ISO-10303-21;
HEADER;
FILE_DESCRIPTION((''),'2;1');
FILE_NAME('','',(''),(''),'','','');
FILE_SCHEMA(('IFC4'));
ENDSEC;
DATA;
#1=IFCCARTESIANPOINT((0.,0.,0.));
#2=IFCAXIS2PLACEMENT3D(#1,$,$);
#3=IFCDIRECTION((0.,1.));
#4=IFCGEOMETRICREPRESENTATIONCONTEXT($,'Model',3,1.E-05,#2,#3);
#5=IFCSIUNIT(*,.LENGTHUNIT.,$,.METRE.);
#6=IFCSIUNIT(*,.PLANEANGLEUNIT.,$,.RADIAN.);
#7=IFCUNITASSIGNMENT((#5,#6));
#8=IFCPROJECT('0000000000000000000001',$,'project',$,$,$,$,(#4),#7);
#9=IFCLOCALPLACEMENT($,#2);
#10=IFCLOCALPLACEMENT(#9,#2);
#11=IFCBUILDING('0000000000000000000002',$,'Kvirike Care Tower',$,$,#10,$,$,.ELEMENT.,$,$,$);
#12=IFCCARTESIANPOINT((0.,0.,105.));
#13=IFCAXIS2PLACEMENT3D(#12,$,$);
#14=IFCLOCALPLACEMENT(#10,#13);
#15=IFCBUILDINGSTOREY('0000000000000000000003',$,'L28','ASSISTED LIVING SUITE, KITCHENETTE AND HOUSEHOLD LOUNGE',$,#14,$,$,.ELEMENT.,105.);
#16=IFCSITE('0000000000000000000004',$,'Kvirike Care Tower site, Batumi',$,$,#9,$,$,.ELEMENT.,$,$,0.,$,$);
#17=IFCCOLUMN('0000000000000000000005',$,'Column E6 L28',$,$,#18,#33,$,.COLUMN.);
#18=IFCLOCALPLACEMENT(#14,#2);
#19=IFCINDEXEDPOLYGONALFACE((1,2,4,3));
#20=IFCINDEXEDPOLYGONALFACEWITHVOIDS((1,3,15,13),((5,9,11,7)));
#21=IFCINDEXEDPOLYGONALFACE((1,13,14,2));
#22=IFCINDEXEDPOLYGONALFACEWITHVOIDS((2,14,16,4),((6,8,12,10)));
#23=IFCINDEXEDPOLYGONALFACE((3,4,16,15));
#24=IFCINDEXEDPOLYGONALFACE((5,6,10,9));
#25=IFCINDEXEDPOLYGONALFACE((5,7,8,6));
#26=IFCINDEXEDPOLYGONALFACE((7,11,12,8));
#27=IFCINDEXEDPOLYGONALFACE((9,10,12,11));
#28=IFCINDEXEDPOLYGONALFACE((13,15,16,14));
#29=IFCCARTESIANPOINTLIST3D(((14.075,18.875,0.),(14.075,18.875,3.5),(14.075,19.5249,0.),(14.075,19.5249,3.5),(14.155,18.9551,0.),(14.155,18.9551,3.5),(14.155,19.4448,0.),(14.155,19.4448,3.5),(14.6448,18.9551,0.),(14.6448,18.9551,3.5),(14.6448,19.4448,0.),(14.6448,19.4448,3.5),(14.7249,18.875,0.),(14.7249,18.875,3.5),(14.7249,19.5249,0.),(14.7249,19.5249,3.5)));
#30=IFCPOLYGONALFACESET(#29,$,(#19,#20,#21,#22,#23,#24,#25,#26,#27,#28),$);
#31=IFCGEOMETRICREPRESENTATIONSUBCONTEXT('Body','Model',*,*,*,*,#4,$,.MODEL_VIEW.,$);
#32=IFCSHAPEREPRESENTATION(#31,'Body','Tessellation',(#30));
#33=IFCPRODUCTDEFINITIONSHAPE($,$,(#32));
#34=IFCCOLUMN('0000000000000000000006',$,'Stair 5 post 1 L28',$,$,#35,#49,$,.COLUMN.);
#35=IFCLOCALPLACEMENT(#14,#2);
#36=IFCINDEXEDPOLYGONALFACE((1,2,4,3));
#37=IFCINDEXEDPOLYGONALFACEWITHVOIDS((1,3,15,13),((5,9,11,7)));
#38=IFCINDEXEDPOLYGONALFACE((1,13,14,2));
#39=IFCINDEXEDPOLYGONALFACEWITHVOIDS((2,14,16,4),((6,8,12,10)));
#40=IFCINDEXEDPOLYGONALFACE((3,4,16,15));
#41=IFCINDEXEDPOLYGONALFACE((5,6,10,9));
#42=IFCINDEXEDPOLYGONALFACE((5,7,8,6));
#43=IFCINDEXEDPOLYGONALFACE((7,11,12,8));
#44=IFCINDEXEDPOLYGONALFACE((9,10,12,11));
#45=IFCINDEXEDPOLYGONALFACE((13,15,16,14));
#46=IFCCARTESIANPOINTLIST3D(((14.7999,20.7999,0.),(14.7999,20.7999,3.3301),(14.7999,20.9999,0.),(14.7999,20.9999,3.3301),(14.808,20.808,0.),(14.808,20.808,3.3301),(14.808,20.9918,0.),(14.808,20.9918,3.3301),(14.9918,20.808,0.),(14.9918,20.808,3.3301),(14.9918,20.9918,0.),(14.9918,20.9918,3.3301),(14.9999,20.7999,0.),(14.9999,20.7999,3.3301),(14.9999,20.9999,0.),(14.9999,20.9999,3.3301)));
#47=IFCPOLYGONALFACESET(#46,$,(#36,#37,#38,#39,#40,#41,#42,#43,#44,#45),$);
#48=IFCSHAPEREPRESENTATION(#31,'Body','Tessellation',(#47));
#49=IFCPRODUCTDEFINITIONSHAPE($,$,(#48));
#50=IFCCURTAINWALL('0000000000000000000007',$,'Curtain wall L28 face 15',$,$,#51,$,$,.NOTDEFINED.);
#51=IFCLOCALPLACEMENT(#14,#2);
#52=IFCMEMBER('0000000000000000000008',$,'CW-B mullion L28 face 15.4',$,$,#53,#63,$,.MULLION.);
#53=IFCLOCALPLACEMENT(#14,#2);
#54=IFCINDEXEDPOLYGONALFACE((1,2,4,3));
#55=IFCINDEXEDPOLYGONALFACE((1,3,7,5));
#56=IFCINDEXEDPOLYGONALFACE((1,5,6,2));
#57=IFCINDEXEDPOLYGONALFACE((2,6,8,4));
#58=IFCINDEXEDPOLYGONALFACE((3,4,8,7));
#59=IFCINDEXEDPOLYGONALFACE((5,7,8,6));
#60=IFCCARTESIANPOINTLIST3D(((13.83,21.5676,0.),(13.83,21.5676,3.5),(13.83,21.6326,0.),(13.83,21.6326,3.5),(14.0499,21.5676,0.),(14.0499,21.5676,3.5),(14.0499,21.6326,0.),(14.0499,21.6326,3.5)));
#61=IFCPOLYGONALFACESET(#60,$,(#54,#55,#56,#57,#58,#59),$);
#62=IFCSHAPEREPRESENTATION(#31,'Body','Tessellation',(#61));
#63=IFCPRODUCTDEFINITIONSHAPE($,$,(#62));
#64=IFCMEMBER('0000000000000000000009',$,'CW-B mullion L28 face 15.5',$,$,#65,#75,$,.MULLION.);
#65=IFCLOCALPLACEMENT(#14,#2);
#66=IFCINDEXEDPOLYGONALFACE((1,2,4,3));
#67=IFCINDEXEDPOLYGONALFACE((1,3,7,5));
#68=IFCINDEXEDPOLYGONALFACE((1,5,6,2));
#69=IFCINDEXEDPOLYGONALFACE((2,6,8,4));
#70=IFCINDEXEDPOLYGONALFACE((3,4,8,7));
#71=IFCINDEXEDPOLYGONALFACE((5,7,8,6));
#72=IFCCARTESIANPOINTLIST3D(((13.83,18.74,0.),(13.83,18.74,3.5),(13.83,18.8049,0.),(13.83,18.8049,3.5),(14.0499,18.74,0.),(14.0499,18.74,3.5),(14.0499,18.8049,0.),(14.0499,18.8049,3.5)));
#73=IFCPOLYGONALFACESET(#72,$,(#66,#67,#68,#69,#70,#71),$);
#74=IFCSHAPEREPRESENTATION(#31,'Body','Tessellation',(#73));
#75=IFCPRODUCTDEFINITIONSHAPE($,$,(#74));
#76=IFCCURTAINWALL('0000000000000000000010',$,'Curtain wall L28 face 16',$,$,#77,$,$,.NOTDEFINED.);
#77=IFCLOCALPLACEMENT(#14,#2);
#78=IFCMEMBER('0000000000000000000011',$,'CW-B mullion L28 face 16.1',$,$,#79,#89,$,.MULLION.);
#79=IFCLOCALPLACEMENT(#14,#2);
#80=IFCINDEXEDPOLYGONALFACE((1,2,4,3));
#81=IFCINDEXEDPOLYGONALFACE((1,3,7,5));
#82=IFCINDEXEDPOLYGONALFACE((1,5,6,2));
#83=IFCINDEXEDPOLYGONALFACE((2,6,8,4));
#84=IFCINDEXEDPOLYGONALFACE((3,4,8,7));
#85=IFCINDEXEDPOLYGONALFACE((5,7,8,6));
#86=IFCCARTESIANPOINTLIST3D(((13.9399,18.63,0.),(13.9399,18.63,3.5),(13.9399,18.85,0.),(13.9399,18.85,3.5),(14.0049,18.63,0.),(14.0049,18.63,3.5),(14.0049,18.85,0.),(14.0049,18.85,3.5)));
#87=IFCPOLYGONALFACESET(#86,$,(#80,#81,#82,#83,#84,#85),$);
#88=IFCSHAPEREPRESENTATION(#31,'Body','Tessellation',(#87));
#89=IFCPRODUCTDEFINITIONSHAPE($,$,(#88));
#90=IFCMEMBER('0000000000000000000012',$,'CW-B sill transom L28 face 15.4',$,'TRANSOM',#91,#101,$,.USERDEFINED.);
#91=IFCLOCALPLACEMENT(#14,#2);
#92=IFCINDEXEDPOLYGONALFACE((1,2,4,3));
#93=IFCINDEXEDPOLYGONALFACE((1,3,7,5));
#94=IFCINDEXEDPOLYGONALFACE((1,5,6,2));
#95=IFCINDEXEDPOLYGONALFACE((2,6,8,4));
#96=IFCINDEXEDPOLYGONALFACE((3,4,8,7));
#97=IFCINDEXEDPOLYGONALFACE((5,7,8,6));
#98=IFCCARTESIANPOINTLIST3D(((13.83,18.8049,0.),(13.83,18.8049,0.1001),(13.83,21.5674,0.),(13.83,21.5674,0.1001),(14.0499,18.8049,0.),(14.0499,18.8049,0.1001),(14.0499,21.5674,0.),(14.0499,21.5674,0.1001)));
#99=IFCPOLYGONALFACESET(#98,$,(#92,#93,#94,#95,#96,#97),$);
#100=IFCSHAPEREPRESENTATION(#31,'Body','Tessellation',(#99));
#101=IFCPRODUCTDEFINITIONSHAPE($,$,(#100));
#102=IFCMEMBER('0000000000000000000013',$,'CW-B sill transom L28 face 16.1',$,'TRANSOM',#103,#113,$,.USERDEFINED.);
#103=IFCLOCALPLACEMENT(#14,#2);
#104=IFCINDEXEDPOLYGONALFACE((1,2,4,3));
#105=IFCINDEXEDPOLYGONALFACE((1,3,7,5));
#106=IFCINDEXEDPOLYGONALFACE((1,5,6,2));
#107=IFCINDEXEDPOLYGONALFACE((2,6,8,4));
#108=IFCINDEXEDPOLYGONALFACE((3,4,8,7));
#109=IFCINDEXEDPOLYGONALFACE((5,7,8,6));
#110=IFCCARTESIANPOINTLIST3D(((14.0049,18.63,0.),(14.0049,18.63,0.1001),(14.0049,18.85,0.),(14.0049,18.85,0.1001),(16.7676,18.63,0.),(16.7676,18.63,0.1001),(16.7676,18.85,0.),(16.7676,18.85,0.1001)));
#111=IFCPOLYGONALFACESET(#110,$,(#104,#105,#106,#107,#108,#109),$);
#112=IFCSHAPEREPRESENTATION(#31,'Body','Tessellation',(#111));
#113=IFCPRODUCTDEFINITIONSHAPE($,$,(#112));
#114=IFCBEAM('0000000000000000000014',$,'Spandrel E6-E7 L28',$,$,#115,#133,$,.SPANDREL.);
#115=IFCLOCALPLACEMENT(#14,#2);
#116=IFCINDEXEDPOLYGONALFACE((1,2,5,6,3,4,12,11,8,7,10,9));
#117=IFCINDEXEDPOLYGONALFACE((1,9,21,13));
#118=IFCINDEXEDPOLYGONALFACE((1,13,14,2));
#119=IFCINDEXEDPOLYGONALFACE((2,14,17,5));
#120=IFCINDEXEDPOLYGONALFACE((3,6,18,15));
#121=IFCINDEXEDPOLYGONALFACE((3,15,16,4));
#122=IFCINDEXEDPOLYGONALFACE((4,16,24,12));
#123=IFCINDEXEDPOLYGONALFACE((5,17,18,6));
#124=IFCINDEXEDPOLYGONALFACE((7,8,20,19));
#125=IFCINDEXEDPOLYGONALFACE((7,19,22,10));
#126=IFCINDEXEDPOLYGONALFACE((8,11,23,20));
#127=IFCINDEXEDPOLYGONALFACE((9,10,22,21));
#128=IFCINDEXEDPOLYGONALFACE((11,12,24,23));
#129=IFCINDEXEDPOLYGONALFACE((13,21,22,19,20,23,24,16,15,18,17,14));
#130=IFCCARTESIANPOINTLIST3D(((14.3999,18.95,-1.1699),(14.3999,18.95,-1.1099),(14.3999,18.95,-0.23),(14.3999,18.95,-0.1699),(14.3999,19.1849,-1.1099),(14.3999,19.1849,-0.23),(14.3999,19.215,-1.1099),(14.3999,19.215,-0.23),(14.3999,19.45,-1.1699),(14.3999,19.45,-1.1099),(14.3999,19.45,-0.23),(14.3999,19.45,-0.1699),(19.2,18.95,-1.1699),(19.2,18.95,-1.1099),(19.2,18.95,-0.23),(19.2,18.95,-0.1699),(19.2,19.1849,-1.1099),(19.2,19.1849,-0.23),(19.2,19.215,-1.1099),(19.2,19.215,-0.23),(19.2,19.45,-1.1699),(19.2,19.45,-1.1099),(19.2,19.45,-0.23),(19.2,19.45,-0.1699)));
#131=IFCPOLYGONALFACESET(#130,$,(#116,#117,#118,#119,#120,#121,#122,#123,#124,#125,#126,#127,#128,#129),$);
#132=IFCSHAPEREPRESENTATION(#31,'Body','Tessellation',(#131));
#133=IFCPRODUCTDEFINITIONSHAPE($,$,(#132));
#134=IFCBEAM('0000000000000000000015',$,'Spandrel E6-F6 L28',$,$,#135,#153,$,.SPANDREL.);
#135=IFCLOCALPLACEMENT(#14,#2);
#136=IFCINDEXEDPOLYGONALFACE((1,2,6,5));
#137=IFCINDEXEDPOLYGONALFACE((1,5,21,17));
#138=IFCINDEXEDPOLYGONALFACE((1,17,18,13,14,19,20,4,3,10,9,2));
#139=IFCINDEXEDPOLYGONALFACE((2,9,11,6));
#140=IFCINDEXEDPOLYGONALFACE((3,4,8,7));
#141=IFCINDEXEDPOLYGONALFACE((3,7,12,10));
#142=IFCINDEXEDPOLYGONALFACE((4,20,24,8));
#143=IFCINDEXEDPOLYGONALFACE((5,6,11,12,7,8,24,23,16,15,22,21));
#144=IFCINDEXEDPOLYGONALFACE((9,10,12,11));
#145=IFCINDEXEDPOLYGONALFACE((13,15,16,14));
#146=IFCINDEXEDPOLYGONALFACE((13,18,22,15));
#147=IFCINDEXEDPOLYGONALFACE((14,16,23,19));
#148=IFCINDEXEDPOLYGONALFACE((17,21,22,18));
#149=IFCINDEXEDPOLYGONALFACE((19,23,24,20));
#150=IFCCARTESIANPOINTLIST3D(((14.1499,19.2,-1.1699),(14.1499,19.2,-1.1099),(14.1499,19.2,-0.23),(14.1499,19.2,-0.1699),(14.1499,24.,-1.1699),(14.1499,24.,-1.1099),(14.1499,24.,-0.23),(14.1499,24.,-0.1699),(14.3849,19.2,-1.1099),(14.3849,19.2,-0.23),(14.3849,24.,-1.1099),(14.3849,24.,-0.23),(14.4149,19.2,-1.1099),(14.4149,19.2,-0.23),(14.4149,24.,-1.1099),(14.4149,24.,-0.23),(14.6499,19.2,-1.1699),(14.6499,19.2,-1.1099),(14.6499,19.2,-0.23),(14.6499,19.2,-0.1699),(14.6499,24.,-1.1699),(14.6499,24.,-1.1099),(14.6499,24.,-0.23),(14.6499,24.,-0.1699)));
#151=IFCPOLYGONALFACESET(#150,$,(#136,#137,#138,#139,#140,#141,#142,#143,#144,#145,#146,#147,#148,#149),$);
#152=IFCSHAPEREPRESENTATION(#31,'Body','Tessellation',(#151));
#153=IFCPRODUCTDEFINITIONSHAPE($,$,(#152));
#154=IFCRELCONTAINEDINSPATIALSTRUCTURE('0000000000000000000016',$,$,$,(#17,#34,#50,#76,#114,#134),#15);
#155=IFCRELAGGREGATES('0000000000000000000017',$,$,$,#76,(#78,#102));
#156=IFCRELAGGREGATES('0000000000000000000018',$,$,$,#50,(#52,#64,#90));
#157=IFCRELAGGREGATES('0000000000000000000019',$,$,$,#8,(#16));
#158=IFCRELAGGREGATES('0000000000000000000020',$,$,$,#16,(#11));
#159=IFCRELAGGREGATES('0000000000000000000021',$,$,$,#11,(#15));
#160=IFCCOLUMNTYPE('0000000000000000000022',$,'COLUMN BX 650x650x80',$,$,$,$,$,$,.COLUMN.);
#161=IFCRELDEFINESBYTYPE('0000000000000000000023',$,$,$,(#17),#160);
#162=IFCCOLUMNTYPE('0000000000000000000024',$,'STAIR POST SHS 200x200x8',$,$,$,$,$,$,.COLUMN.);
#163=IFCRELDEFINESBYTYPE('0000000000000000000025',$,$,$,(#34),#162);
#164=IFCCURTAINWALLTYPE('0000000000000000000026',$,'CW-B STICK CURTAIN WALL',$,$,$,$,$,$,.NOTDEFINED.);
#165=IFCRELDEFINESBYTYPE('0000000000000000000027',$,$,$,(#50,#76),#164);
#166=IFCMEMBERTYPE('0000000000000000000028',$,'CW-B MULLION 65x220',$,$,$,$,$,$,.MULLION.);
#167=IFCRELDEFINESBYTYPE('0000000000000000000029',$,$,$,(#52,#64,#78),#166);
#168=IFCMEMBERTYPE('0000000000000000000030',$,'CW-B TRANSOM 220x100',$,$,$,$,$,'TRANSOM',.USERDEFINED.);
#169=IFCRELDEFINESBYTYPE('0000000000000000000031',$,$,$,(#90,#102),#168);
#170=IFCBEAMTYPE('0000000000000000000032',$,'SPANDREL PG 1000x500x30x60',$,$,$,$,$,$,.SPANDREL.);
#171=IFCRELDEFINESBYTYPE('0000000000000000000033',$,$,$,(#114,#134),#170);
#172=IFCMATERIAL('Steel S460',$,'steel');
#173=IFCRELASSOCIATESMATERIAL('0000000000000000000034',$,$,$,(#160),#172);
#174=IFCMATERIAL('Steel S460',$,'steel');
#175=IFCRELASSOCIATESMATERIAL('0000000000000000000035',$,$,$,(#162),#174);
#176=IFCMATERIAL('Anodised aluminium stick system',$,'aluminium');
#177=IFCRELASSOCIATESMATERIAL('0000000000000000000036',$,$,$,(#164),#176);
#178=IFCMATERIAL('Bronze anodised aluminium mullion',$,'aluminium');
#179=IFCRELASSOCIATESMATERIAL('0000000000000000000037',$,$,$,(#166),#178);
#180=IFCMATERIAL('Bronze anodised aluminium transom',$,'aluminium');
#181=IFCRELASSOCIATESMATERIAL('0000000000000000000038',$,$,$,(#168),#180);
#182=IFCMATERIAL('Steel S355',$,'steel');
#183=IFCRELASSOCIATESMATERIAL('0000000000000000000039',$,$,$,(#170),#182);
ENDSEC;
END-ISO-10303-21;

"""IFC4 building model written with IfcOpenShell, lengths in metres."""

from ifc_helpers import new_model, si_unit, direction, frame, origin, origin_2d, place, context, subcontext, project, spatial, rectangle, hollow_rectangle, i_section, extrude, material, material_profile, profile_set, type_object, element, aggregate, save


model = new_model("IFC4")

# Units and contexts
model_context = context("Model", 3, precision=1e-05, world=origin(), true_north=direction((0.0, 1.0)))
body_context = subcontext(model_context, "Body", "Model", "MODEL_VIEW")
ifc_project = project(units=[si_unit("LENGTHUNIT", "METRE"), si_unit("PLANEANGLEUNIT", "RADIAN")], contexts=[model_context])

# Site, building, storey
site_placement = place(None, origin())
site = spatial("IfcSite", under=ifc_project, at=site_placement, Name="Kvirike Care Tower site, Batumi", CompositionType="ELEMENT", RefElevation=0.0)
building_placement = place(site_placement, origin())
building = spatial("IfcBuilding", under=site, at=building_placement, Name="Kvirike Care Tower", CompositionType="ELEMENT")
storey_placement = place(building_placement, frame((0.0, 0.0, 105.0)))
storey = spatial("IfcBuildingStorey", under=building, at=storey_placement, Name="L28", Description="ASSISTED LIVING SUITE, KITCHENETTE AND HOUSEHOLD LOUNGE", CompositionType="ELEMENT", Elevation=105.0)

# Columns
ifc_material_1 = material(Name="Steel S460", Category="steel")
ifc_material_profile_1 = material_profile(ifc_material_1, hollow_rectangle(XDim=0.6499, YDim=0.6499, WallThickness=0.0801, at=origin_2d()), Name="BX 650x650x80")
ifc_profile_set_1 = profile_set([ifc_material_profile_1], Name="Steel S460")
column_type_1 = type_object("IfcColumnType", Name="COLUMN BX 650x650x80", PredefinedType="COLUMN", material=ifc_profile_set_1)
column_1_placement = place(storey_placement, frame((14.3999, 19.2, 0.0), z_axis=(0.0, 0.0, 1.0), x_axis=(0.0, 1.0, 0.0)))
element("IfcColumn", 1, at=column_1_placement, inside=storey, type_object=column_type_1, Name="Column E6 L28", PredefinedType="COLUMN", context=body_context, shape_type="SweptSolid", body=[
    extrude(hollow_rectangle(XDim=0.6499, YDim=0.6499, WallThickness=0.0801, at=origin_2d()), origin(), (0.0, 0.0, 1.0), 3.5),
])
ifc_material_2 = material(Name="Steel S460", Category="steel")
ifc_material_profile_2 = material_profile(ifc_material_2, hollow_rectangle(XDim=0.2, YDim=0.2, WallThickness=0.0081, at=origin_2d()), Name="SHS 200x200x8")
ifc_profile_set_2 = profile_set([ifc_material_profile_2], Name="Steel S460")
column_type_2 = type_object("IfcColumnType", Name="STAIR POST SHS 200x200x8", PredefinedType="COLUMN", material=ifc_profile_set_2)
column_2_placement = place(storey_placement, frame((14.8999, 20.8999, 0.0), z_axis=(0.0, 0.0, 1.0), x_axis=(1.0, 0.0, 0.0)))
element("IfcColumn", 2, at=column_2_placement, inside=storey, type_object=column_type_2, Name="Stair 5 post 1 L28", PredefinedType="COLUMN", context=body_context, shape_type="SweptSolid", body=[
    extrude(hollow_rectangle(XDim=0.2, YDim=0.2, WallThickness=0.0081, at=origin_2d()), origin(), (0.0, 0.0, 1.0), 3.3301),
])

# Curtain wall, members
ifc_material_3 = material(Name="Anodised aluminium stick system", Category="aluminium")
curtain_wall_type = type_object("IfcCurtainWallType", Name="CW-B STICK CURTAIN WALL", PredefinedType="NOTDEFINED", material=ifc_material_3)
curtain_wall_1_placement = place(storey_placement, origin())
curtain_wall_1 = element("IfcCurtainWall", 3, at=curtain_wall_1_placement, inside=storey, type_object=curtain_wall_type, Name="Curtain wall L28 face 15", PredefinedType="NOTDEFINED")
ifc_material_4 = material(Name="Bronze anodised aluminium mullion", Category="aluminium")
ifc_material_profile_3 = material_profile(ifc_material_4, rectangle(XDim=0.0649, YDim=0.22, at=origin_2d()), Name="CW-B MULLION 65x220")
ifc_profile_set_3 = profile_set([ifc_material_profile_3], Name="Bronze anodised aluminium mullion")
member_type_1 = type_object("IfcMemberType", Name="CW-B MULLION 65x220", PredefinedType="MULLION", material=ifc_profile_set_3)
member_1_placement = place(storey_placement, frame((13.9399, 21.6001, 0.0), z_axis=(0.0, 0.0, 1.0), x_axis=(0.0, -1.0, 0.0)))
member_1 = element("IfcMember", 4, at=member_1_placement, type_object=member_type_1, Name="CW-B mullion L28 face 15.4", PredefinedType="MULLION", context=body_context, shape_type="SweptSolid", body=[
    extrude(rectangle(XDim=0.0649, YDim=0.22, at=origin_2d()), origin(), (0.0, 0.0, 1.0), 3.5),
])
member_2_placement = place(storey_placement, frame((13.9399, 18.7725, 0.0), z_axis=(0.0, 0.0, 1.0), x_axis=(0.0, -1.0, 0.0)))
member_2 = element("IfcMember", 5, at=member_2_placement, type_object=member_type_1, Name="CW-B mullion L28 face 15.5", PredefinedType="MULLION", context=body_context, shape_type="SweptSolid", body=[
    extrude(rectangle(XDim=0.0649, YDim=0.22, at=origin_2d()), origin(), (0.0, 0.0, 1.0), 3.5),
])

# Curtain wall, member
curtain_wall_2_placement = place(storey_placement, origin())
curtain_wall_2 = element("IfcCurtainWall", 6, at=curtain_wall_2_placement, inside=storey, type_object=curtain_wall_type, Name="Curtain wall L28 face 16", PredefinedType="NOTDEFINED")
member_3_placement = place(storey_placement, frame((13.9724, 18.74, 0.0), z_axis=(0.0, 0.0, 1.0), x_axis=(1.0, 0.0, 0.0)))
member_3 = element("IfcMember", 7, at=member_3_placement, type_object=member_type_1, Name="CW-B mullion L28 face 16.1", PredefinedType="MULLION", context=body_context, shape_type="SweptSolid", body=[
    extrude(rectangle(XDim=0.0649, YDim=0.22, at=origin_2d()), origin(), (0.0, 0.0, 1.0), 3.5),
])

# Members
ifc_material_5 = material(Name="Bronze anodised aluminium transom", Category="aluminium")
ifc_material_profile_4 = material_profile(ifc_material_5, rectangle(XDim=0.22, YDim=0.1001, at=origin_2d()), Name="CW-B TRANSOM 220x100")
ifc_profile_set_4 = profile_set([ifc_material_profile_4], Name="Bronze anodised aluminium transom")
member_type_2 = type_object("IfcMemberType", Name="CW-B TRANSOM 220x100", ElementType="TRANSOM", PredefinedType="USERDEFINED", material=ifc_profile_set_4)
member_4_placement = place(storey_placement, frame((13.9399, 21.5674, 0.05), z_axis=(0.0, -1.0, 0.0), x_axis=(1.0, 0.0, 0.0)))
member_4 = element("IfcMember", 8, at=member_4_placement, type_object=member_type_2, Name="CW-B sill transom L28 face 15.4", ObjectType="TRANSOM", PredefinedType="USERDEFINED", context=body_context, shape_type="SweptSolid", body=[
    extrude(rectangle(XDim=0.22, YDim=0.1001, at=origin_2d()), origin(), (0.0, 0.0, 1.0), 2.7625),
])
member_5_placement = place(storey_placement, frame((14.0049, 18.74, 0.05), z_axis=(1.0, 0.0, 0.0), x_axis=(0.0, 1.0, 0.0)))
member_5 = element("IfcMember", 9, at=member_5_placement, type_object=member_type_2, Name="CW-B sill transom L28 face 16.1", ObjectType="TRANSOM", PredefinedType="USERDEFINED", context=body_context, shape_type="SweptSolid", body=[
    extrude(rectangle(XDim=0.22, YDim=0.1001, at=origin_2d()), origin(), (0.0, 0.0, 1.0), 2.7627),
])
aggregate(curtain_wall_2, [member_3, member_5])

# Beams
ifc_material_6 = material(Name="Steel S355", Category="steel")
ifc_material_profile_5 = material_profile(ifc_material_6, i_section(OverallWidth=0.5, OverallDepth=1.0, WebThickness=0.03, FlangeThickness=0.0601, at=origin_2d()), Name="PG 1000x500x30x60")
ifc_profile_set_5 = profile_set([ifc_material_profile_5], Name="Steel S355")
beam_type = type_object("IfcBeamType", Name="SPANDREL PG 1000x500x30x60", PredefinedType="SPANDREL", material=ifc_profile_set_5)
for number, where, z_axis, x_axis, name in (
    (10, (14.3999, 19.2, -0.6699), (1.0, 0.0, 0.0), (0.0, 1.0, 0.0), "Spandrel E6-E7 L28"),
    (11, (14.3999, 19.2, -0.6699), (0.0, 1.0, 0.0), (-1.0, 0.0, 0.0), "Spandrel E6-F6 L28"),
):
    element("IfcBeam", number, at=place(storey_placement, frame(where, z_axis=z_axis, x_axis=x_axis)), inside=storey, type_object=beam_type, Name=name, PredefinedType="SPANDREL", context=body_context, shape_type="SweptSolid", body=[
        extrude(i_section(OverallWidth=0.5, OverallDepth=1.0, WebThickness=0.03, FlangeThickness=0.0601, at=origin_2d()), origin(), (0.0, 0.0, 1.0), 4.8),
    ])

aggregate(curtain_wall_1, [member_1, member_2, member_4])

save(model, "model.ifc")
